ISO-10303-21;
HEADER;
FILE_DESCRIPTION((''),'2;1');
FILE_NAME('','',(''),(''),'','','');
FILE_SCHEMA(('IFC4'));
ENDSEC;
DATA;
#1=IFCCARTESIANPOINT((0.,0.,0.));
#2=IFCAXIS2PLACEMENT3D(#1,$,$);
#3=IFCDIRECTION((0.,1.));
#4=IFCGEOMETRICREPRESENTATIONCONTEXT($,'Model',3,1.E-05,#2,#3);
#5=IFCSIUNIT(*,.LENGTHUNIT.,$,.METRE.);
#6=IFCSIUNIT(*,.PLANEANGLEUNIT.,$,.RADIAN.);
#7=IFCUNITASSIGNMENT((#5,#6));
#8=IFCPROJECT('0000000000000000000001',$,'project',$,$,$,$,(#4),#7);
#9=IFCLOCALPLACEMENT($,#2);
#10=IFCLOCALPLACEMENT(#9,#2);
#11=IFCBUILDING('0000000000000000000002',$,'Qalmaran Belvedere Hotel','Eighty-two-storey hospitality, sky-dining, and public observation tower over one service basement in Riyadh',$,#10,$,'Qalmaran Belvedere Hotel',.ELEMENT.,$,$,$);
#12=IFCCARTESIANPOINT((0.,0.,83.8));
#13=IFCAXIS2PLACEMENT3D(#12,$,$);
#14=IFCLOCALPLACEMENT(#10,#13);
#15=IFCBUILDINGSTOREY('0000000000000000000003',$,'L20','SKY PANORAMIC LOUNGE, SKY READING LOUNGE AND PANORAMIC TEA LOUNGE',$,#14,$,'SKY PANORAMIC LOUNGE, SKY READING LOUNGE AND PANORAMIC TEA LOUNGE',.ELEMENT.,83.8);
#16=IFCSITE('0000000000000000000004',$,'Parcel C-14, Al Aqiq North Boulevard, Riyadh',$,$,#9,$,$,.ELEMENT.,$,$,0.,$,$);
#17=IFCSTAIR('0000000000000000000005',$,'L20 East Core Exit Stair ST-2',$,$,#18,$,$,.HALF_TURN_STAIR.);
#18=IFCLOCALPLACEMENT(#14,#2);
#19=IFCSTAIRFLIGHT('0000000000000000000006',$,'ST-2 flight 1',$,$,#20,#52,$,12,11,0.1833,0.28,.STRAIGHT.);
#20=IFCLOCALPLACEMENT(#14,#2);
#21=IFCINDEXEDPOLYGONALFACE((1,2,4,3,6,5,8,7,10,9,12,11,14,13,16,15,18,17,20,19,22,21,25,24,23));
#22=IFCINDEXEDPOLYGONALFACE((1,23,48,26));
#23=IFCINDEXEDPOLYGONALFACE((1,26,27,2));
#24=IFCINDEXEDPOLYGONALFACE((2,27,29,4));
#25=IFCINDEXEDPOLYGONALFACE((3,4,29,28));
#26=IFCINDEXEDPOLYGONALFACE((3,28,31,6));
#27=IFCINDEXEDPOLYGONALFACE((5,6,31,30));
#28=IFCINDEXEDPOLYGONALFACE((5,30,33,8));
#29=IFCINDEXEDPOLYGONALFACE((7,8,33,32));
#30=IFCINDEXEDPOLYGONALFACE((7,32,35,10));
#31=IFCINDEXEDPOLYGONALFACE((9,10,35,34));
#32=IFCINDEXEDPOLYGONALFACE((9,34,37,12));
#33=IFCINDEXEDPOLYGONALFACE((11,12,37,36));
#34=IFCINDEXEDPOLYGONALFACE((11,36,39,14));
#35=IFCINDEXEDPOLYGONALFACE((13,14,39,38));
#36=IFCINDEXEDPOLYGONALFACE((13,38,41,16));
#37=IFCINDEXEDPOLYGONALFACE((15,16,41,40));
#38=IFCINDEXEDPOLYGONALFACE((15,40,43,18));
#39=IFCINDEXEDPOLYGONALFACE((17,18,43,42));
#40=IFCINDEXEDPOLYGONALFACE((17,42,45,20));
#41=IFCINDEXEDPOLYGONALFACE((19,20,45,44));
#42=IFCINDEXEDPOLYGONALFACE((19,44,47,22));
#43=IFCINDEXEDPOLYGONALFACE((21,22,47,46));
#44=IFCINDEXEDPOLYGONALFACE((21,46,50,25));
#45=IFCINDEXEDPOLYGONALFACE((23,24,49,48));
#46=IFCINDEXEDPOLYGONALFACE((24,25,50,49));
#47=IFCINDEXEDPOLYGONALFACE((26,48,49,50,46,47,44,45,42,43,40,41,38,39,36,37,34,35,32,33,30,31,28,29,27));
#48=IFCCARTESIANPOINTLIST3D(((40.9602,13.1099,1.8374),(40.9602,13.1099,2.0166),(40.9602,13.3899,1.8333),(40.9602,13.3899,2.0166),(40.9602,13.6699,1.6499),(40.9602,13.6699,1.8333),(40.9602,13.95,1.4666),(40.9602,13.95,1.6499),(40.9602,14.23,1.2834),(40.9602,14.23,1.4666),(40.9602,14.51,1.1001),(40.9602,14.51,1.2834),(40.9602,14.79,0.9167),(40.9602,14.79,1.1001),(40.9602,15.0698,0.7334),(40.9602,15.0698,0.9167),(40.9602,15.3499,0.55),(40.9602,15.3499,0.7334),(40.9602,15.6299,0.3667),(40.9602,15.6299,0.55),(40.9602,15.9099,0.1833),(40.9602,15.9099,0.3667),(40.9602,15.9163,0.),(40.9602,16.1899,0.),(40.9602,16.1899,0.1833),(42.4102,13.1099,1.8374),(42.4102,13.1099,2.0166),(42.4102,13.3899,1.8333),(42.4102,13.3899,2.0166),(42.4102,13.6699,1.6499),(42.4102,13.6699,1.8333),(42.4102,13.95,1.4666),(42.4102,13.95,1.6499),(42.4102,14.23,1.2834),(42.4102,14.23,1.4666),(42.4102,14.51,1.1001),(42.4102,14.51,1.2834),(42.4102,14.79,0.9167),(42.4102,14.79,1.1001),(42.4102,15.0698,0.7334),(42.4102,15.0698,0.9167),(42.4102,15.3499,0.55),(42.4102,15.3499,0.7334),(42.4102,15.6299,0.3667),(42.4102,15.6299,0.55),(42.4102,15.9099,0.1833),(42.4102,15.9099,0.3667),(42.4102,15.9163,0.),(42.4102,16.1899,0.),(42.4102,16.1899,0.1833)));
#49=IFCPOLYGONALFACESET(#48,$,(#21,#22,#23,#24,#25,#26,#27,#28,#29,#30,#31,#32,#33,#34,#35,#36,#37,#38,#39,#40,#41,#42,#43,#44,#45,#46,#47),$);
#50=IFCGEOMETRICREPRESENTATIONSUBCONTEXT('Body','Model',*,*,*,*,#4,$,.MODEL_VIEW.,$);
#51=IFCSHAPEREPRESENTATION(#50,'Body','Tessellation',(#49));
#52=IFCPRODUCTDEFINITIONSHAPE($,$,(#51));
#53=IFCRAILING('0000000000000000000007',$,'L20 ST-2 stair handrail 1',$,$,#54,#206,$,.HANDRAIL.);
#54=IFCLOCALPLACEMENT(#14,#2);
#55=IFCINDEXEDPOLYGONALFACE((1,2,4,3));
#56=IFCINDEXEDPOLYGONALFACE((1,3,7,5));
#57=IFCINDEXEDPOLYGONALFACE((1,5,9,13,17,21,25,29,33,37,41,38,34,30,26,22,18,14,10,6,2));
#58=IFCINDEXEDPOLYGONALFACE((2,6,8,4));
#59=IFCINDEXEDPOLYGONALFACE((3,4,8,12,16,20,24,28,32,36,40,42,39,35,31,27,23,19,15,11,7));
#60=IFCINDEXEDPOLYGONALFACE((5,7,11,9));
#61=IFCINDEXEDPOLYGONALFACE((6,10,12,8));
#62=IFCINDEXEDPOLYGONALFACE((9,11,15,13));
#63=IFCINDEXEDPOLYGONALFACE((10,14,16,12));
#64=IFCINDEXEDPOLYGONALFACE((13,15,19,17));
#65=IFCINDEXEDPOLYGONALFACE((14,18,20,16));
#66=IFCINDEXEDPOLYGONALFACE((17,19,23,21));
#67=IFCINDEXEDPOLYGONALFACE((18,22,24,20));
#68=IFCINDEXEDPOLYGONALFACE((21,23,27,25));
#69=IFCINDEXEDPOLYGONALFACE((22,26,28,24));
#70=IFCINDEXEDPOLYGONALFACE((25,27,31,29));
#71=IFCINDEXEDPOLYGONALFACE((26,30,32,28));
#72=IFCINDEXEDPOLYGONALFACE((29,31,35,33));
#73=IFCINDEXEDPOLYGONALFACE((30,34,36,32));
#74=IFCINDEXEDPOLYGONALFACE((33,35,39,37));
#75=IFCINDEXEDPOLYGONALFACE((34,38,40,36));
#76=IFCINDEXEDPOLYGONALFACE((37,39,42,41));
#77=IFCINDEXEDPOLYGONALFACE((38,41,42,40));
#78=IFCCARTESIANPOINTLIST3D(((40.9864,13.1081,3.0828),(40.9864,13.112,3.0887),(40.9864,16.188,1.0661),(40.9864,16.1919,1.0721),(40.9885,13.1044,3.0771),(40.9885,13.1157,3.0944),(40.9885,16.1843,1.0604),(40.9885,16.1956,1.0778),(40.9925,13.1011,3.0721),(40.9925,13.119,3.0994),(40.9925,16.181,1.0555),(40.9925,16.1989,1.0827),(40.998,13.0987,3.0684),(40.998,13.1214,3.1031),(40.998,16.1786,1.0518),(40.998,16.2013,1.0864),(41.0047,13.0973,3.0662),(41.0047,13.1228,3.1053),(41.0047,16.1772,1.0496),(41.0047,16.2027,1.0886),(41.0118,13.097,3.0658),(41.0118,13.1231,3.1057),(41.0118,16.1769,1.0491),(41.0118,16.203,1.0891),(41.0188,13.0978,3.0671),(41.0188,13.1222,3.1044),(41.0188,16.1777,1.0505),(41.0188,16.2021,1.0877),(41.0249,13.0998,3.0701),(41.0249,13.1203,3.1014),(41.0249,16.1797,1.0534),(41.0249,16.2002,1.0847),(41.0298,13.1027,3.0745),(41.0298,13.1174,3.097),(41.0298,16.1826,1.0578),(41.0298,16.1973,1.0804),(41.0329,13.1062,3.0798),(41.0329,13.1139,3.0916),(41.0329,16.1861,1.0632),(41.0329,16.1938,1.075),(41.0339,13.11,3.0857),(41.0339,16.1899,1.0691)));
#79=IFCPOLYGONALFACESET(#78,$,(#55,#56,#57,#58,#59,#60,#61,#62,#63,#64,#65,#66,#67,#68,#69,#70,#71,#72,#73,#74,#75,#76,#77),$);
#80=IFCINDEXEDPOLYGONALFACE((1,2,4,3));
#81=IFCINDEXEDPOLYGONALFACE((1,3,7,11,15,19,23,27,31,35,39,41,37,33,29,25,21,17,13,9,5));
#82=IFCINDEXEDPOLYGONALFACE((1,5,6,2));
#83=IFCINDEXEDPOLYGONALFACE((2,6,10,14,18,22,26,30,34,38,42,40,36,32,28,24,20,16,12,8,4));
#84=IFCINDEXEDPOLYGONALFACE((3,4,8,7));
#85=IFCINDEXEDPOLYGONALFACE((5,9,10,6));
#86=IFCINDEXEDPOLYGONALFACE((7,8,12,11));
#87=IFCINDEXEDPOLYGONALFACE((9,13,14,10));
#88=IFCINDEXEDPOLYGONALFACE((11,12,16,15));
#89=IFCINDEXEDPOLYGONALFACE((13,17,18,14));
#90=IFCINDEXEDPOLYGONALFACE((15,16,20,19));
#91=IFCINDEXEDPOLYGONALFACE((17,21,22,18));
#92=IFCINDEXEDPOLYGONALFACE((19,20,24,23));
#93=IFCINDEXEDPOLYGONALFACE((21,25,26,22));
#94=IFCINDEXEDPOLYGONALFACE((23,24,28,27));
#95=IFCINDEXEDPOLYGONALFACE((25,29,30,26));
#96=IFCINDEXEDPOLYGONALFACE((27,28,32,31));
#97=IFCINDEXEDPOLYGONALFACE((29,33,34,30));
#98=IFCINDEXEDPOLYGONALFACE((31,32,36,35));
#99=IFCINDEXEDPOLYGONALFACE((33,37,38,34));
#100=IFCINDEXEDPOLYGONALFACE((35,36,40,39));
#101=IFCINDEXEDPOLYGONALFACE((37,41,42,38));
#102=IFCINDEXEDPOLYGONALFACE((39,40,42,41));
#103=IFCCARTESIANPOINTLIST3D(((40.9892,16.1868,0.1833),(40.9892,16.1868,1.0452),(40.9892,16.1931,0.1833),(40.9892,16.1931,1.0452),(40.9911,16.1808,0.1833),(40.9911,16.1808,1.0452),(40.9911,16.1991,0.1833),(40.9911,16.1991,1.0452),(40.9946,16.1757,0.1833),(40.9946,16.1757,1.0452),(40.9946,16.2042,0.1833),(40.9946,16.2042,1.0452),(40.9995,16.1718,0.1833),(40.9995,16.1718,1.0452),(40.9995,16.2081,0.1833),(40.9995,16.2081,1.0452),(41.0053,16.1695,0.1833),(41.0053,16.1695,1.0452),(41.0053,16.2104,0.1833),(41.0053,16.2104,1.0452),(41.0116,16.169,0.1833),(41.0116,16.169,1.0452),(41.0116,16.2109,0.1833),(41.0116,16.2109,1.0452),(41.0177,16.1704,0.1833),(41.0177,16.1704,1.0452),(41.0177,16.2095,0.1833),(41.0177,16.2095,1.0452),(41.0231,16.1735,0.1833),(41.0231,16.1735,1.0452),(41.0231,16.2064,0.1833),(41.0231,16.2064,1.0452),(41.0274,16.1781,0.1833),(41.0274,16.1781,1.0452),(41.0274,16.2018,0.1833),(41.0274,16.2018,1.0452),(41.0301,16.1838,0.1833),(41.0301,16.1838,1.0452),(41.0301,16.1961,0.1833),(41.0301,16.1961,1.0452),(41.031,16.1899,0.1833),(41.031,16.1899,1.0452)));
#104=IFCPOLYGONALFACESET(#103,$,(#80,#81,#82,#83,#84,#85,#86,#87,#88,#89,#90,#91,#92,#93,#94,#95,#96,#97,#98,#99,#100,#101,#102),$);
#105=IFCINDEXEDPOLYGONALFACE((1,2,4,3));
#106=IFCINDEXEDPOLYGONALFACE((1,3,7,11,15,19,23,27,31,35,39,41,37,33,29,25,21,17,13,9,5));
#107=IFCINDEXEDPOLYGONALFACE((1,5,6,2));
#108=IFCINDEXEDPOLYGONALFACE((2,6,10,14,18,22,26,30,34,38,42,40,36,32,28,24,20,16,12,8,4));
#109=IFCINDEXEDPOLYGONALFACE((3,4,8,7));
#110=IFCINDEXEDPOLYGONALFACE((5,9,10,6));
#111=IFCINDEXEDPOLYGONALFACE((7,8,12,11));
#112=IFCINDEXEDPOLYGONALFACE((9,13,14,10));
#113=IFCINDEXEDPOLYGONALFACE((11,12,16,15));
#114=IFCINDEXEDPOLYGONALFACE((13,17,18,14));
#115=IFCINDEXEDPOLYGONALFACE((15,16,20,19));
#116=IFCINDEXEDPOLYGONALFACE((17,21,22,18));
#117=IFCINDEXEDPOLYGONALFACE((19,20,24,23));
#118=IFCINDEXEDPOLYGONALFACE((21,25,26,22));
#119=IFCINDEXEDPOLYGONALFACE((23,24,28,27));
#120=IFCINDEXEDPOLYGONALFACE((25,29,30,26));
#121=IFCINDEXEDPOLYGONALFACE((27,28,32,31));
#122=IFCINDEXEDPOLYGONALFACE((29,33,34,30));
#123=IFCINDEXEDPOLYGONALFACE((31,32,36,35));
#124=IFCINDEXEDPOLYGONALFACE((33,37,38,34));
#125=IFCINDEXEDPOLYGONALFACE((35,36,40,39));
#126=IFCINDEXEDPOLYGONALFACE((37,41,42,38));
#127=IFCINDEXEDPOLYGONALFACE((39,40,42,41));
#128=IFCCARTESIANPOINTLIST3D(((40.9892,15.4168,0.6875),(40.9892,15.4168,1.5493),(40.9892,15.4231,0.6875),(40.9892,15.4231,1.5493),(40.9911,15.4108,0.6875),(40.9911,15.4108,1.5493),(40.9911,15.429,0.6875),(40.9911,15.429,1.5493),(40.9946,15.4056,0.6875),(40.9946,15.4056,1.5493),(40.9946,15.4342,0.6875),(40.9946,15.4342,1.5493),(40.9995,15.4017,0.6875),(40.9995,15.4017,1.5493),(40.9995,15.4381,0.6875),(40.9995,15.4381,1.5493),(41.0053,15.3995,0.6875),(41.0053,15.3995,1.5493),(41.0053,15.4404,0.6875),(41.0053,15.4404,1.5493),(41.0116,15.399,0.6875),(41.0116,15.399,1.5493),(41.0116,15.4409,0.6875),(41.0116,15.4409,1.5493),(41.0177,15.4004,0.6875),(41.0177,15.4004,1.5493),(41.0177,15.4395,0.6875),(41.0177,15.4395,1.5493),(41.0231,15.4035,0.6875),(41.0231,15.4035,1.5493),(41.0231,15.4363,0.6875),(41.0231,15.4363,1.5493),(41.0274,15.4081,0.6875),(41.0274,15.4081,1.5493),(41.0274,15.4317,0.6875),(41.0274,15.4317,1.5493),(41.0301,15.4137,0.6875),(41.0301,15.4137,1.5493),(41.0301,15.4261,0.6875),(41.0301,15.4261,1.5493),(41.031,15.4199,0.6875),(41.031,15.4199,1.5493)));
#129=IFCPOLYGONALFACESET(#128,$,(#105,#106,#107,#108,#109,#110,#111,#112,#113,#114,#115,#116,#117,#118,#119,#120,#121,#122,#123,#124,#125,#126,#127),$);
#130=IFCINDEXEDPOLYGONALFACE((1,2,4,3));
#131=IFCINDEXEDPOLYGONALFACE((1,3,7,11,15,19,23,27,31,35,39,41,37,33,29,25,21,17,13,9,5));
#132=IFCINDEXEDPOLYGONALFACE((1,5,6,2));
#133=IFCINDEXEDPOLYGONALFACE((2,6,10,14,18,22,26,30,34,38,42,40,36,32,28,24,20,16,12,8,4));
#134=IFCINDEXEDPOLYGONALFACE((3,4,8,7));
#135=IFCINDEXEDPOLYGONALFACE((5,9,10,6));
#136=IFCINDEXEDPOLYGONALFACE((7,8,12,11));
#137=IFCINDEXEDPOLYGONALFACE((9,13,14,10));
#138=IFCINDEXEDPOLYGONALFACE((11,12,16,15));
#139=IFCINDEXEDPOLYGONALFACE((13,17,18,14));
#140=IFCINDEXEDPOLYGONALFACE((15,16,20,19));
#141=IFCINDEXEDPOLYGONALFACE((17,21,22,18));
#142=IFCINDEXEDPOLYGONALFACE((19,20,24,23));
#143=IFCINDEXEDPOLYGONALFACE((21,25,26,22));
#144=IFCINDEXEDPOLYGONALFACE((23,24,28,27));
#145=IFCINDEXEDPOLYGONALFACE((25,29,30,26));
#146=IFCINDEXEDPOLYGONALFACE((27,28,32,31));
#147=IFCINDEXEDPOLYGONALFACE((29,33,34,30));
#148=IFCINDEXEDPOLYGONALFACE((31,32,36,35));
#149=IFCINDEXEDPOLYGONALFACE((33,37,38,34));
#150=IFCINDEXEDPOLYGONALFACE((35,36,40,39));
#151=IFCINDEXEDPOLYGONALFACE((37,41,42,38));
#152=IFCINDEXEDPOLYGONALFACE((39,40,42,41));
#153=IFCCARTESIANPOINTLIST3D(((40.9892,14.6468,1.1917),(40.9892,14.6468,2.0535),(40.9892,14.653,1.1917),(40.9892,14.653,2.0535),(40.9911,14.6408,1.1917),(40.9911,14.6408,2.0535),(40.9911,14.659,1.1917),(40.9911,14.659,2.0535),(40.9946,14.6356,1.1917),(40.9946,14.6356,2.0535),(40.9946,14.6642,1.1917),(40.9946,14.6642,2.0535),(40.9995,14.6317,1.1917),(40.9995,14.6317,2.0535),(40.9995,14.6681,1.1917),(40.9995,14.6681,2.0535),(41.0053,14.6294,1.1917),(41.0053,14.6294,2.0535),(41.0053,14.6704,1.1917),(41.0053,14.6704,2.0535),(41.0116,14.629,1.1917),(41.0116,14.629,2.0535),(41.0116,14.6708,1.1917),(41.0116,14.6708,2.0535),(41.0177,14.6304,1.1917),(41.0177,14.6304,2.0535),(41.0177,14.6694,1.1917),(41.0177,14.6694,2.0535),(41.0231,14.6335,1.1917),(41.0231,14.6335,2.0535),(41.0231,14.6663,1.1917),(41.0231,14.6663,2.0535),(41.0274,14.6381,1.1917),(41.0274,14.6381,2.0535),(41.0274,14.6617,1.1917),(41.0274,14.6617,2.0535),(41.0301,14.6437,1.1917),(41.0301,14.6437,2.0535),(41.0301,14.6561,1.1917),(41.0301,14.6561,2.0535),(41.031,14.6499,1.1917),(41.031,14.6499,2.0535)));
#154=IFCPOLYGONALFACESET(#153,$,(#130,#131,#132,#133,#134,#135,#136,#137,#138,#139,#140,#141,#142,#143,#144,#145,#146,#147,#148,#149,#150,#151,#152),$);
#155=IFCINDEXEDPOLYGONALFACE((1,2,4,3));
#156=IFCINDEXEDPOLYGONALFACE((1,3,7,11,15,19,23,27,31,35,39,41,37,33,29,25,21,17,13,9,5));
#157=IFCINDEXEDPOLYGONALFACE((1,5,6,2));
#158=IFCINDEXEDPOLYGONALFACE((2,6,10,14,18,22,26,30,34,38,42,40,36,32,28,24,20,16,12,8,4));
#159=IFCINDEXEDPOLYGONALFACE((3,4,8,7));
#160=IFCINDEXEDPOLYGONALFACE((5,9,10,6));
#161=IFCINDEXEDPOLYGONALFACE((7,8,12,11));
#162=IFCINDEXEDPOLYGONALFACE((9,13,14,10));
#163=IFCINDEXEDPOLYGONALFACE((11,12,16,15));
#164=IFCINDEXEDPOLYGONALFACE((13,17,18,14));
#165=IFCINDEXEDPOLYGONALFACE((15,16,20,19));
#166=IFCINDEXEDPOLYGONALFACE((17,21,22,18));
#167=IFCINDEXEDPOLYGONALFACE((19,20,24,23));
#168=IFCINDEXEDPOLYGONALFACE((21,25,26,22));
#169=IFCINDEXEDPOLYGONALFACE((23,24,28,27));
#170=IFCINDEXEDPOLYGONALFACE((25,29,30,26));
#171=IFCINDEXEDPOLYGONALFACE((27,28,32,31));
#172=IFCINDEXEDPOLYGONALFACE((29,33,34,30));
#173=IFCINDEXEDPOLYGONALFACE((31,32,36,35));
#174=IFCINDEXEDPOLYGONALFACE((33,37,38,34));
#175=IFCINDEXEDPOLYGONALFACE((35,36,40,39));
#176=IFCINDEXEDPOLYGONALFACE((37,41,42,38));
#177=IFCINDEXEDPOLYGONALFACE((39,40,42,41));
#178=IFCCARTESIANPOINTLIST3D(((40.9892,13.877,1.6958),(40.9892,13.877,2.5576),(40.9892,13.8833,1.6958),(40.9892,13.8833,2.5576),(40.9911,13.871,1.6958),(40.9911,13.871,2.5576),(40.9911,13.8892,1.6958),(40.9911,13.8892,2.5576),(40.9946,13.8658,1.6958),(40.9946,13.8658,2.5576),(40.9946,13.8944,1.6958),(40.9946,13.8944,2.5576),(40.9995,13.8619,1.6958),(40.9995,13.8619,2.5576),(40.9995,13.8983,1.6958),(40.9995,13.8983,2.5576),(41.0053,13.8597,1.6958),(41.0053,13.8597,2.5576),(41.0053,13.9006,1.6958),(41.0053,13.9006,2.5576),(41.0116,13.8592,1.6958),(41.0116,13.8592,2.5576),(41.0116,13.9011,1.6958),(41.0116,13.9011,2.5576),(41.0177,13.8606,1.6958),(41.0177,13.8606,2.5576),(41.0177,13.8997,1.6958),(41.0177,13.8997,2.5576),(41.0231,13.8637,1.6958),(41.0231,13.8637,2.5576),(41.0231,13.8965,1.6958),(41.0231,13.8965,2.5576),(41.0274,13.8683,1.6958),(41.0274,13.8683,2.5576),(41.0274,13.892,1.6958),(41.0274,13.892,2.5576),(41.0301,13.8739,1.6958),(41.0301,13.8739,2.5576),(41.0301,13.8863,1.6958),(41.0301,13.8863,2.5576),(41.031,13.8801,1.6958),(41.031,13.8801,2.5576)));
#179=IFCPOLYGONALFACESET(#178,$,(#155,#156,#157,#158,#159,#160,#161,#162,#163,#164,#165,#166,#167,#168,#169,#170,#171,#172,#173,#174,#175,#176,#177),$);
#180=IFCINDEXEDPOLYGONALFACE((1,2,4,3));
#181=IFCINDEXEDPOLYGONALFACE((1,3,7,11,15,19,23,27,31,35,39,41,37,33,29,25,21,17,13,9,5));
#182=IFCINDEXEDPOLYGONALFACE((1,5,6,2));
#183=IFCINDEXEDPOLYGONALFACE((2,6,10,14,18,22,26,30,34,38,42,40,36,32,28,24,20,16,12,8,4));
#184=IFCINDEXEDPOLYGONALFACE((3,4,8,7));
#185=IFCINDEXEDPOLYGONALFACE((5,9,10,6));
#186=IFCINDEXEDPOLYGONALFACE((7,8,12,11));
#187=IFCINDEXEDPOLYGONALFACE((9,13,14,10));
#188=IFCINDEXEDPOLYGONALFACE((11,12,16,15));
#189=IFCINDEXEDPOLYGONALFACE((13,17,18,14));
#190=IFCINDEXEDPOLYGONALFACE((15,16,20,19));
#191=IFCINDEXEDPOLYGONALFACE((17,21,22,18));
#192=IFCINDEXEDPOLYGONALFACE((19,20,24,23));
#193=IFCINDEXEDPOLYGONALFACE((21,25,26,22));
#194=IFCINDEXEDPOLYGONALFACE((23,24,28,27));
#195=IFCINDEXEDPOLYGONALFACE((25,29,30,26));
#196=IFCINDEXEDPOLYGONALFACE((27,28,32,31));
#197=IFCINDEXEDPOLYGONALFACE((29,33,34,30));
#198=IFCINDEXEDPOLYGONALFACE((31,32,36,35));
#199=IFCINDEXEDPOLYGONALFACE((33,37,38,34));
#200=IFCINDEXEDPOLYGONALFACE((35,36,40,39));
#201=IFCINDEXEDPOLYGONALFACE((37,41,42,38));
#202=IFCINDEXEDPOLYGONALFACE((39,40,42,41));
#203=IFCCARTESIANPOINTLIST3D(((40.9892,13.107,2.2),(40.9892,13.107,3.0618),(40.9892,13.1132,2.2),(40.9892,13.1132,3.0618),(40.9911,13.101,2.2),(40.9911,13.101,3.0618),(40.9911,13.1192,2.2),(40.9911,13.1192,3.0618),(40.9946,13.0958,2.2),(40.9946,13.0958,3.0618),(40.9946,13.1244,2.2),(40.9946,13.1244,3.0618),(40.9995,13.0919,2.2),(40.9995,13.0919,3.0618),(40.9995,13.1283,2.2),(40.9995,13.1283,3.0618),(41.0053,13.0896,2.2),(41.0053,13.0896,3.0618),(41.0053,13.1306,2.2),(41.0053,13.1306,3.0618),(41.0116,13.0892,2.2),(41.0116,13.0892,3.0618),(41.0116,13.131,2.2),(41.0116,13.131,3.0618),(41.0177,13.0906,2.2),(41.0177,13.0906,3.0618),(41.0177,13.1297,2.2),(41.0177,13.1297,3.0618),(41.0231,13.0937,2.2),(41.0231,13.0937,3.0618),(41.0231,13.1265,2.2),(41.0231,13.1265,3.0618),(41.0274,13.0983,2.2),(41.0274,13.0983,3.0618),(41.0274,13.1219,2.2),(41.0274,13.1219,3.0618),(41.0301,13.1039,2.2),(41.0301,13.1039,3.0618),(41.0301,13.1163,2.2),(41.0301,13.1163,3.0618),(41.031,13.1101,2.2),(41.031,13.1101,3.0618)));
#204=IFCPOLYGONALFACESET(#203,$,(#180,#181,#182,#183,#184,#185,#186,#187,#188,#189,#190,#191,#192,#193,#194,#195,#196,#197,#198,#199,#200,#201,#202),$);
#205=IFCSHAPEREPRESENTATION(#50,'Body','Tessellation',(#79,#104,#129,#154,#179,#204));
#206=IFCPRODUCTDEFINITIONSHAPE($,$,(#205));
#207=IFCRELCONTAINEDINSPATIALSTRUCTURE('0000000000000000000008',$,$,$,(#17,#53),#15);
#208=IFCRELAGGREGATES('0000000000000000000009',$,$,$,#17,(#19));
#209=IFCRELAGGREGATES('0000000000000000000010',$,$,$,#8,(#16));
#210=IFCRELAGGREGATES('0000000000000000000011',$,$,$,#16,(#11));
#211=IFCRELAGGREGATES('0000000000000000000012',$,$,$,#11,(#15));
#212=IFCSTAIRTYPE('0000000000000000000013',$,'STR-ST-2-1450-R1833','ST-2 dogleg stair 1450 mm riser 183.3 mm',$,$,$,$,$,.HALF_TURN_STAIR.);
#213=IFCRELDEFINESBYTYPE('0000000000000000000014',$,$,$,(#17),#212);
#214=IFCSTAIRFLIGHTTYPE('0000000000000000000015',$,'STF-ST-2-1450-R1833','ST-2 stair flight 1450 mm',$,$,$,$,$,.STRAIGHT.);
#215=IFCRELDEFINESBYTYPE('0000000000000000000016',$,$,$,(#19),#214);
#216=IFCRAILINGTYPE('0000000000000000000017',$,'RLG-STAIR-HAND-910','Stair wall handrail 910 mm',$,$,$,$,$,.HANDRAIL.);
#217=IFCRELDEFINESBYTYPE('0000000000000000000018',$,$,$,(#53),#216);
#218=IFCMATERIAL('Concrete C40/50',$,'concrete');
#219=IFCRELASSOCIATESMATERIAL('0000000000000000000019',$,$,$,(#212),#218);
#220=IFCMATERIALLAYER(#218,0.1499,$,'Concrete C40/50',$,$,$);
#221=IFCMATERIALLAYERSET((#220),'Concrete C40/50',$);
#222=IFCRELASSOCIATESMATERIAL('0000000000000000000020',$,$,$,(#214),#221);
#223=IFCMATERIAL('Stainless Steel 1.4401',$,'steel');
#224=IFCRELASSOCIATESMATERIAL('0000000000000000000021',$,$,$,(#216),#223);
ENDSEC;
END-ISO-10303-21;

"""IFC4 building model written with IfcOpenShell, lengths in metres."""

from ifc_helpers import new_model, si_unit, direction, frame, origin, origin_2d, place, context, subcontext, project, spatial, polyline, circle, outline, extrude, material, layer, layer_set, type_object, element, aggregate, save


model = new_model("IFC4")

# Units and contexts
model_context = context("Model", 3, precision=1e-05, world=origin(), true_north=direction((0.0, 1.0)))
body_context = subcontext(model_context, "Body", "Model", "MODEL_VIEW")
ifc_project = project(units=[si_unit("LENGTHUNIT", "METRE"), si_unit("PLANEANGLEUNIT", "RADIAN")], contexts=[model_context])

# Site, building, storey
site_placement = place(None, origin())
site = spatial("IfcSite", under=ifc_project, at=site_placement, Name="Parcel C-14, Al Aqiq North Boulevard, Riyadh", CompositionType="ELEMENT", RefElevation=0.0)
building_placement = place(site_placement, origin())
building = spatial("IfcBuilding", under=site, at=building_placement, Name="Qalmaran Belvedere Hotel", Description="Eighty-two-storey hospitality, sky-dining, and public observation tower over one service basement in Riyadh", LongName="Qalmaran Belvedere Hotel", CompositionType="ELEMENT")
storey_placement = place(building_placement, frame((0.0, 0.0, 83.8)))
storey = spatial("IfcBuildingStorey", under=building, at=storey_placement, Name="L20", Description="SKY PANORAMIC LOUNGE, SKY READING LOUNGE AND PANORAMIC TEA LOUNGE", LongName="SKY PANORAMIC LOUNGE, SKY READING LOUNGE AND PANORAMIC TEA LOUNGE", CompositionType="ELEMENT", Elevation=83.8)

# Shared definitions
ifc_material_1 = material(Name="Stainless Steel 1.4401", Category="steel")

# Stair, stair flight
ifc_material_2 = material(Name="Concrete C40/50", Category="concrete")
stair_type = type_object("IfcStairType", Name="STR-ST-2-1450-R1833", Description="ST-2 dogleg stair 1450 mm riser 183.3 mm", PredefinedType="HALF_TURN_STAIR", material=ifc_material_2)
stair_placement = place(storey_placement, origin())
stair = element("IfcStair", 1, at=stair_placement, inside=storey, type_object=stair_type, Name="L20 East Core Exit Stair ST-2", PredefinedType="HALF_TURN_STAIR")
ifc_layer_1 = layer(ifc_material_2, 0.1499, Name="Concrete C40/50")
ifc_layer_set_1 = layer_set([ifc_layer_1], Name="Concrete C40/50")
stair_flight_type = type_object("IfcStairFlightType", Name="STF-ST-2-1450-R1833", Description="ST-2 stair flight 1450 mm", PredefinedType="STRAIGHT", material=ifc_layer_set_1)
stair_flight_placement = place(storey_placement, frame((41.6851, 16.1899, 0.0), z_axis=(0.0, 0.0, 1.0), x_axis=(0.0, -1.0, 0.0)))
stair_flight = element("IfcStairFlight", 2, at=stair_flight_placement, type_object=stair_flight_type, Name="ST-2 flight 1", NumberOfRisers=12, NumberOfTreads=11, PredefinedType="STRAIGHT", RiserHeight=0.1833, TreadLength=0.28, context=body_context, shape_type="SweptSolid", body=[
    extrude(outline(polyline([(0.0, 0.0), (0.0, 0.1833), (0.28, 0.1833), (0.28, 0.3667), (0.5601, 0.3667), (0.5601, 0.55), (0.8401, 0.55), (0.8401, 0.7334), (1.1201, 0.7334), (1.1201, 0.9167), (1.3999, 0.9167), (1.3999, 1.1001), (1.6799, 1.1001), (1.6799, 1.2834), (1.96, 1.2834), (1.96, 1.4666), (2.24, 1.4666), (2.24, 1.6499), (2.52, 1.6499), (2.52, 1.8333), (2.8, 1.8333), (2.8, 2.0166), (3.0801, 2.0166), (3.0801, 2.2), (3.0801, 1.8374), (0.2737, 0.0), (0.0, 0.0)])), frame((0.0, 0.7251, 0.0), z_axis=(0.0, -1.0, 0.0), x_axis=(1.0, 0.0, 0.0)), (0.0, 0.0, 1.0), 1.45),
])
aggregate(stair, [stair_flight])

# Railing
railing_type = type_object("IfcRailingType", Name="RLG-STAIR-HAND-910", Description="Stair wall handrail 910 mm", PredefinedType="HANDRAIL", material=ifc_material_1)
railing_placement = place(storey_placement, frame((41.01, 16.1899, 0.1833)))
element("IfcRailing", 3, at=railing_placement, inside=storey, type_object=railing_type, Name="L20 ST-2 stair handrail 1", PredefinedType="HANDRAIL", context=body_context, shape_type="SweptSolid", body=[
    extrude(circle(Radius=0.0239, at=origin_2d()), frame((0.0, 0.0, 0.8857), z_axis=(0.0, -0.836613, 0.547794), x_axis=(1.0, 0.0, 0.0)), (0.0, 0.0, 1.0), 3.6814),
    extrude(circle(Radius=0.021, at=origin_2d()), origin(), (0.0, 0.0, 1.0), 0.8618),
    extrude(circle(Radius=0.021, at=origin_2d()), frame((0.0, -0.77, 0.5042)), (0.0, 0.0, 1.0), 0.8618),
    extrude(circle(Radius=0.021, at=origin_2d()), frame((0.0, -1.54, 1.0083)), (0.0, 0.0, 1.0), 0.8618),
    extrude(circle(Radius=0.021, at=origin_2d()), frame((0.0, -2.3098, 1.5125)), (0.0, 0.0, 1.0), 0.8618),
    extrude(circle(Radius=0.021, at=origin_2d()), frame((0.0, -3.0798, 2.0166)), (0.0, 0.0, 1.0), 0.8618),
])

save(model, "model.ifc")
